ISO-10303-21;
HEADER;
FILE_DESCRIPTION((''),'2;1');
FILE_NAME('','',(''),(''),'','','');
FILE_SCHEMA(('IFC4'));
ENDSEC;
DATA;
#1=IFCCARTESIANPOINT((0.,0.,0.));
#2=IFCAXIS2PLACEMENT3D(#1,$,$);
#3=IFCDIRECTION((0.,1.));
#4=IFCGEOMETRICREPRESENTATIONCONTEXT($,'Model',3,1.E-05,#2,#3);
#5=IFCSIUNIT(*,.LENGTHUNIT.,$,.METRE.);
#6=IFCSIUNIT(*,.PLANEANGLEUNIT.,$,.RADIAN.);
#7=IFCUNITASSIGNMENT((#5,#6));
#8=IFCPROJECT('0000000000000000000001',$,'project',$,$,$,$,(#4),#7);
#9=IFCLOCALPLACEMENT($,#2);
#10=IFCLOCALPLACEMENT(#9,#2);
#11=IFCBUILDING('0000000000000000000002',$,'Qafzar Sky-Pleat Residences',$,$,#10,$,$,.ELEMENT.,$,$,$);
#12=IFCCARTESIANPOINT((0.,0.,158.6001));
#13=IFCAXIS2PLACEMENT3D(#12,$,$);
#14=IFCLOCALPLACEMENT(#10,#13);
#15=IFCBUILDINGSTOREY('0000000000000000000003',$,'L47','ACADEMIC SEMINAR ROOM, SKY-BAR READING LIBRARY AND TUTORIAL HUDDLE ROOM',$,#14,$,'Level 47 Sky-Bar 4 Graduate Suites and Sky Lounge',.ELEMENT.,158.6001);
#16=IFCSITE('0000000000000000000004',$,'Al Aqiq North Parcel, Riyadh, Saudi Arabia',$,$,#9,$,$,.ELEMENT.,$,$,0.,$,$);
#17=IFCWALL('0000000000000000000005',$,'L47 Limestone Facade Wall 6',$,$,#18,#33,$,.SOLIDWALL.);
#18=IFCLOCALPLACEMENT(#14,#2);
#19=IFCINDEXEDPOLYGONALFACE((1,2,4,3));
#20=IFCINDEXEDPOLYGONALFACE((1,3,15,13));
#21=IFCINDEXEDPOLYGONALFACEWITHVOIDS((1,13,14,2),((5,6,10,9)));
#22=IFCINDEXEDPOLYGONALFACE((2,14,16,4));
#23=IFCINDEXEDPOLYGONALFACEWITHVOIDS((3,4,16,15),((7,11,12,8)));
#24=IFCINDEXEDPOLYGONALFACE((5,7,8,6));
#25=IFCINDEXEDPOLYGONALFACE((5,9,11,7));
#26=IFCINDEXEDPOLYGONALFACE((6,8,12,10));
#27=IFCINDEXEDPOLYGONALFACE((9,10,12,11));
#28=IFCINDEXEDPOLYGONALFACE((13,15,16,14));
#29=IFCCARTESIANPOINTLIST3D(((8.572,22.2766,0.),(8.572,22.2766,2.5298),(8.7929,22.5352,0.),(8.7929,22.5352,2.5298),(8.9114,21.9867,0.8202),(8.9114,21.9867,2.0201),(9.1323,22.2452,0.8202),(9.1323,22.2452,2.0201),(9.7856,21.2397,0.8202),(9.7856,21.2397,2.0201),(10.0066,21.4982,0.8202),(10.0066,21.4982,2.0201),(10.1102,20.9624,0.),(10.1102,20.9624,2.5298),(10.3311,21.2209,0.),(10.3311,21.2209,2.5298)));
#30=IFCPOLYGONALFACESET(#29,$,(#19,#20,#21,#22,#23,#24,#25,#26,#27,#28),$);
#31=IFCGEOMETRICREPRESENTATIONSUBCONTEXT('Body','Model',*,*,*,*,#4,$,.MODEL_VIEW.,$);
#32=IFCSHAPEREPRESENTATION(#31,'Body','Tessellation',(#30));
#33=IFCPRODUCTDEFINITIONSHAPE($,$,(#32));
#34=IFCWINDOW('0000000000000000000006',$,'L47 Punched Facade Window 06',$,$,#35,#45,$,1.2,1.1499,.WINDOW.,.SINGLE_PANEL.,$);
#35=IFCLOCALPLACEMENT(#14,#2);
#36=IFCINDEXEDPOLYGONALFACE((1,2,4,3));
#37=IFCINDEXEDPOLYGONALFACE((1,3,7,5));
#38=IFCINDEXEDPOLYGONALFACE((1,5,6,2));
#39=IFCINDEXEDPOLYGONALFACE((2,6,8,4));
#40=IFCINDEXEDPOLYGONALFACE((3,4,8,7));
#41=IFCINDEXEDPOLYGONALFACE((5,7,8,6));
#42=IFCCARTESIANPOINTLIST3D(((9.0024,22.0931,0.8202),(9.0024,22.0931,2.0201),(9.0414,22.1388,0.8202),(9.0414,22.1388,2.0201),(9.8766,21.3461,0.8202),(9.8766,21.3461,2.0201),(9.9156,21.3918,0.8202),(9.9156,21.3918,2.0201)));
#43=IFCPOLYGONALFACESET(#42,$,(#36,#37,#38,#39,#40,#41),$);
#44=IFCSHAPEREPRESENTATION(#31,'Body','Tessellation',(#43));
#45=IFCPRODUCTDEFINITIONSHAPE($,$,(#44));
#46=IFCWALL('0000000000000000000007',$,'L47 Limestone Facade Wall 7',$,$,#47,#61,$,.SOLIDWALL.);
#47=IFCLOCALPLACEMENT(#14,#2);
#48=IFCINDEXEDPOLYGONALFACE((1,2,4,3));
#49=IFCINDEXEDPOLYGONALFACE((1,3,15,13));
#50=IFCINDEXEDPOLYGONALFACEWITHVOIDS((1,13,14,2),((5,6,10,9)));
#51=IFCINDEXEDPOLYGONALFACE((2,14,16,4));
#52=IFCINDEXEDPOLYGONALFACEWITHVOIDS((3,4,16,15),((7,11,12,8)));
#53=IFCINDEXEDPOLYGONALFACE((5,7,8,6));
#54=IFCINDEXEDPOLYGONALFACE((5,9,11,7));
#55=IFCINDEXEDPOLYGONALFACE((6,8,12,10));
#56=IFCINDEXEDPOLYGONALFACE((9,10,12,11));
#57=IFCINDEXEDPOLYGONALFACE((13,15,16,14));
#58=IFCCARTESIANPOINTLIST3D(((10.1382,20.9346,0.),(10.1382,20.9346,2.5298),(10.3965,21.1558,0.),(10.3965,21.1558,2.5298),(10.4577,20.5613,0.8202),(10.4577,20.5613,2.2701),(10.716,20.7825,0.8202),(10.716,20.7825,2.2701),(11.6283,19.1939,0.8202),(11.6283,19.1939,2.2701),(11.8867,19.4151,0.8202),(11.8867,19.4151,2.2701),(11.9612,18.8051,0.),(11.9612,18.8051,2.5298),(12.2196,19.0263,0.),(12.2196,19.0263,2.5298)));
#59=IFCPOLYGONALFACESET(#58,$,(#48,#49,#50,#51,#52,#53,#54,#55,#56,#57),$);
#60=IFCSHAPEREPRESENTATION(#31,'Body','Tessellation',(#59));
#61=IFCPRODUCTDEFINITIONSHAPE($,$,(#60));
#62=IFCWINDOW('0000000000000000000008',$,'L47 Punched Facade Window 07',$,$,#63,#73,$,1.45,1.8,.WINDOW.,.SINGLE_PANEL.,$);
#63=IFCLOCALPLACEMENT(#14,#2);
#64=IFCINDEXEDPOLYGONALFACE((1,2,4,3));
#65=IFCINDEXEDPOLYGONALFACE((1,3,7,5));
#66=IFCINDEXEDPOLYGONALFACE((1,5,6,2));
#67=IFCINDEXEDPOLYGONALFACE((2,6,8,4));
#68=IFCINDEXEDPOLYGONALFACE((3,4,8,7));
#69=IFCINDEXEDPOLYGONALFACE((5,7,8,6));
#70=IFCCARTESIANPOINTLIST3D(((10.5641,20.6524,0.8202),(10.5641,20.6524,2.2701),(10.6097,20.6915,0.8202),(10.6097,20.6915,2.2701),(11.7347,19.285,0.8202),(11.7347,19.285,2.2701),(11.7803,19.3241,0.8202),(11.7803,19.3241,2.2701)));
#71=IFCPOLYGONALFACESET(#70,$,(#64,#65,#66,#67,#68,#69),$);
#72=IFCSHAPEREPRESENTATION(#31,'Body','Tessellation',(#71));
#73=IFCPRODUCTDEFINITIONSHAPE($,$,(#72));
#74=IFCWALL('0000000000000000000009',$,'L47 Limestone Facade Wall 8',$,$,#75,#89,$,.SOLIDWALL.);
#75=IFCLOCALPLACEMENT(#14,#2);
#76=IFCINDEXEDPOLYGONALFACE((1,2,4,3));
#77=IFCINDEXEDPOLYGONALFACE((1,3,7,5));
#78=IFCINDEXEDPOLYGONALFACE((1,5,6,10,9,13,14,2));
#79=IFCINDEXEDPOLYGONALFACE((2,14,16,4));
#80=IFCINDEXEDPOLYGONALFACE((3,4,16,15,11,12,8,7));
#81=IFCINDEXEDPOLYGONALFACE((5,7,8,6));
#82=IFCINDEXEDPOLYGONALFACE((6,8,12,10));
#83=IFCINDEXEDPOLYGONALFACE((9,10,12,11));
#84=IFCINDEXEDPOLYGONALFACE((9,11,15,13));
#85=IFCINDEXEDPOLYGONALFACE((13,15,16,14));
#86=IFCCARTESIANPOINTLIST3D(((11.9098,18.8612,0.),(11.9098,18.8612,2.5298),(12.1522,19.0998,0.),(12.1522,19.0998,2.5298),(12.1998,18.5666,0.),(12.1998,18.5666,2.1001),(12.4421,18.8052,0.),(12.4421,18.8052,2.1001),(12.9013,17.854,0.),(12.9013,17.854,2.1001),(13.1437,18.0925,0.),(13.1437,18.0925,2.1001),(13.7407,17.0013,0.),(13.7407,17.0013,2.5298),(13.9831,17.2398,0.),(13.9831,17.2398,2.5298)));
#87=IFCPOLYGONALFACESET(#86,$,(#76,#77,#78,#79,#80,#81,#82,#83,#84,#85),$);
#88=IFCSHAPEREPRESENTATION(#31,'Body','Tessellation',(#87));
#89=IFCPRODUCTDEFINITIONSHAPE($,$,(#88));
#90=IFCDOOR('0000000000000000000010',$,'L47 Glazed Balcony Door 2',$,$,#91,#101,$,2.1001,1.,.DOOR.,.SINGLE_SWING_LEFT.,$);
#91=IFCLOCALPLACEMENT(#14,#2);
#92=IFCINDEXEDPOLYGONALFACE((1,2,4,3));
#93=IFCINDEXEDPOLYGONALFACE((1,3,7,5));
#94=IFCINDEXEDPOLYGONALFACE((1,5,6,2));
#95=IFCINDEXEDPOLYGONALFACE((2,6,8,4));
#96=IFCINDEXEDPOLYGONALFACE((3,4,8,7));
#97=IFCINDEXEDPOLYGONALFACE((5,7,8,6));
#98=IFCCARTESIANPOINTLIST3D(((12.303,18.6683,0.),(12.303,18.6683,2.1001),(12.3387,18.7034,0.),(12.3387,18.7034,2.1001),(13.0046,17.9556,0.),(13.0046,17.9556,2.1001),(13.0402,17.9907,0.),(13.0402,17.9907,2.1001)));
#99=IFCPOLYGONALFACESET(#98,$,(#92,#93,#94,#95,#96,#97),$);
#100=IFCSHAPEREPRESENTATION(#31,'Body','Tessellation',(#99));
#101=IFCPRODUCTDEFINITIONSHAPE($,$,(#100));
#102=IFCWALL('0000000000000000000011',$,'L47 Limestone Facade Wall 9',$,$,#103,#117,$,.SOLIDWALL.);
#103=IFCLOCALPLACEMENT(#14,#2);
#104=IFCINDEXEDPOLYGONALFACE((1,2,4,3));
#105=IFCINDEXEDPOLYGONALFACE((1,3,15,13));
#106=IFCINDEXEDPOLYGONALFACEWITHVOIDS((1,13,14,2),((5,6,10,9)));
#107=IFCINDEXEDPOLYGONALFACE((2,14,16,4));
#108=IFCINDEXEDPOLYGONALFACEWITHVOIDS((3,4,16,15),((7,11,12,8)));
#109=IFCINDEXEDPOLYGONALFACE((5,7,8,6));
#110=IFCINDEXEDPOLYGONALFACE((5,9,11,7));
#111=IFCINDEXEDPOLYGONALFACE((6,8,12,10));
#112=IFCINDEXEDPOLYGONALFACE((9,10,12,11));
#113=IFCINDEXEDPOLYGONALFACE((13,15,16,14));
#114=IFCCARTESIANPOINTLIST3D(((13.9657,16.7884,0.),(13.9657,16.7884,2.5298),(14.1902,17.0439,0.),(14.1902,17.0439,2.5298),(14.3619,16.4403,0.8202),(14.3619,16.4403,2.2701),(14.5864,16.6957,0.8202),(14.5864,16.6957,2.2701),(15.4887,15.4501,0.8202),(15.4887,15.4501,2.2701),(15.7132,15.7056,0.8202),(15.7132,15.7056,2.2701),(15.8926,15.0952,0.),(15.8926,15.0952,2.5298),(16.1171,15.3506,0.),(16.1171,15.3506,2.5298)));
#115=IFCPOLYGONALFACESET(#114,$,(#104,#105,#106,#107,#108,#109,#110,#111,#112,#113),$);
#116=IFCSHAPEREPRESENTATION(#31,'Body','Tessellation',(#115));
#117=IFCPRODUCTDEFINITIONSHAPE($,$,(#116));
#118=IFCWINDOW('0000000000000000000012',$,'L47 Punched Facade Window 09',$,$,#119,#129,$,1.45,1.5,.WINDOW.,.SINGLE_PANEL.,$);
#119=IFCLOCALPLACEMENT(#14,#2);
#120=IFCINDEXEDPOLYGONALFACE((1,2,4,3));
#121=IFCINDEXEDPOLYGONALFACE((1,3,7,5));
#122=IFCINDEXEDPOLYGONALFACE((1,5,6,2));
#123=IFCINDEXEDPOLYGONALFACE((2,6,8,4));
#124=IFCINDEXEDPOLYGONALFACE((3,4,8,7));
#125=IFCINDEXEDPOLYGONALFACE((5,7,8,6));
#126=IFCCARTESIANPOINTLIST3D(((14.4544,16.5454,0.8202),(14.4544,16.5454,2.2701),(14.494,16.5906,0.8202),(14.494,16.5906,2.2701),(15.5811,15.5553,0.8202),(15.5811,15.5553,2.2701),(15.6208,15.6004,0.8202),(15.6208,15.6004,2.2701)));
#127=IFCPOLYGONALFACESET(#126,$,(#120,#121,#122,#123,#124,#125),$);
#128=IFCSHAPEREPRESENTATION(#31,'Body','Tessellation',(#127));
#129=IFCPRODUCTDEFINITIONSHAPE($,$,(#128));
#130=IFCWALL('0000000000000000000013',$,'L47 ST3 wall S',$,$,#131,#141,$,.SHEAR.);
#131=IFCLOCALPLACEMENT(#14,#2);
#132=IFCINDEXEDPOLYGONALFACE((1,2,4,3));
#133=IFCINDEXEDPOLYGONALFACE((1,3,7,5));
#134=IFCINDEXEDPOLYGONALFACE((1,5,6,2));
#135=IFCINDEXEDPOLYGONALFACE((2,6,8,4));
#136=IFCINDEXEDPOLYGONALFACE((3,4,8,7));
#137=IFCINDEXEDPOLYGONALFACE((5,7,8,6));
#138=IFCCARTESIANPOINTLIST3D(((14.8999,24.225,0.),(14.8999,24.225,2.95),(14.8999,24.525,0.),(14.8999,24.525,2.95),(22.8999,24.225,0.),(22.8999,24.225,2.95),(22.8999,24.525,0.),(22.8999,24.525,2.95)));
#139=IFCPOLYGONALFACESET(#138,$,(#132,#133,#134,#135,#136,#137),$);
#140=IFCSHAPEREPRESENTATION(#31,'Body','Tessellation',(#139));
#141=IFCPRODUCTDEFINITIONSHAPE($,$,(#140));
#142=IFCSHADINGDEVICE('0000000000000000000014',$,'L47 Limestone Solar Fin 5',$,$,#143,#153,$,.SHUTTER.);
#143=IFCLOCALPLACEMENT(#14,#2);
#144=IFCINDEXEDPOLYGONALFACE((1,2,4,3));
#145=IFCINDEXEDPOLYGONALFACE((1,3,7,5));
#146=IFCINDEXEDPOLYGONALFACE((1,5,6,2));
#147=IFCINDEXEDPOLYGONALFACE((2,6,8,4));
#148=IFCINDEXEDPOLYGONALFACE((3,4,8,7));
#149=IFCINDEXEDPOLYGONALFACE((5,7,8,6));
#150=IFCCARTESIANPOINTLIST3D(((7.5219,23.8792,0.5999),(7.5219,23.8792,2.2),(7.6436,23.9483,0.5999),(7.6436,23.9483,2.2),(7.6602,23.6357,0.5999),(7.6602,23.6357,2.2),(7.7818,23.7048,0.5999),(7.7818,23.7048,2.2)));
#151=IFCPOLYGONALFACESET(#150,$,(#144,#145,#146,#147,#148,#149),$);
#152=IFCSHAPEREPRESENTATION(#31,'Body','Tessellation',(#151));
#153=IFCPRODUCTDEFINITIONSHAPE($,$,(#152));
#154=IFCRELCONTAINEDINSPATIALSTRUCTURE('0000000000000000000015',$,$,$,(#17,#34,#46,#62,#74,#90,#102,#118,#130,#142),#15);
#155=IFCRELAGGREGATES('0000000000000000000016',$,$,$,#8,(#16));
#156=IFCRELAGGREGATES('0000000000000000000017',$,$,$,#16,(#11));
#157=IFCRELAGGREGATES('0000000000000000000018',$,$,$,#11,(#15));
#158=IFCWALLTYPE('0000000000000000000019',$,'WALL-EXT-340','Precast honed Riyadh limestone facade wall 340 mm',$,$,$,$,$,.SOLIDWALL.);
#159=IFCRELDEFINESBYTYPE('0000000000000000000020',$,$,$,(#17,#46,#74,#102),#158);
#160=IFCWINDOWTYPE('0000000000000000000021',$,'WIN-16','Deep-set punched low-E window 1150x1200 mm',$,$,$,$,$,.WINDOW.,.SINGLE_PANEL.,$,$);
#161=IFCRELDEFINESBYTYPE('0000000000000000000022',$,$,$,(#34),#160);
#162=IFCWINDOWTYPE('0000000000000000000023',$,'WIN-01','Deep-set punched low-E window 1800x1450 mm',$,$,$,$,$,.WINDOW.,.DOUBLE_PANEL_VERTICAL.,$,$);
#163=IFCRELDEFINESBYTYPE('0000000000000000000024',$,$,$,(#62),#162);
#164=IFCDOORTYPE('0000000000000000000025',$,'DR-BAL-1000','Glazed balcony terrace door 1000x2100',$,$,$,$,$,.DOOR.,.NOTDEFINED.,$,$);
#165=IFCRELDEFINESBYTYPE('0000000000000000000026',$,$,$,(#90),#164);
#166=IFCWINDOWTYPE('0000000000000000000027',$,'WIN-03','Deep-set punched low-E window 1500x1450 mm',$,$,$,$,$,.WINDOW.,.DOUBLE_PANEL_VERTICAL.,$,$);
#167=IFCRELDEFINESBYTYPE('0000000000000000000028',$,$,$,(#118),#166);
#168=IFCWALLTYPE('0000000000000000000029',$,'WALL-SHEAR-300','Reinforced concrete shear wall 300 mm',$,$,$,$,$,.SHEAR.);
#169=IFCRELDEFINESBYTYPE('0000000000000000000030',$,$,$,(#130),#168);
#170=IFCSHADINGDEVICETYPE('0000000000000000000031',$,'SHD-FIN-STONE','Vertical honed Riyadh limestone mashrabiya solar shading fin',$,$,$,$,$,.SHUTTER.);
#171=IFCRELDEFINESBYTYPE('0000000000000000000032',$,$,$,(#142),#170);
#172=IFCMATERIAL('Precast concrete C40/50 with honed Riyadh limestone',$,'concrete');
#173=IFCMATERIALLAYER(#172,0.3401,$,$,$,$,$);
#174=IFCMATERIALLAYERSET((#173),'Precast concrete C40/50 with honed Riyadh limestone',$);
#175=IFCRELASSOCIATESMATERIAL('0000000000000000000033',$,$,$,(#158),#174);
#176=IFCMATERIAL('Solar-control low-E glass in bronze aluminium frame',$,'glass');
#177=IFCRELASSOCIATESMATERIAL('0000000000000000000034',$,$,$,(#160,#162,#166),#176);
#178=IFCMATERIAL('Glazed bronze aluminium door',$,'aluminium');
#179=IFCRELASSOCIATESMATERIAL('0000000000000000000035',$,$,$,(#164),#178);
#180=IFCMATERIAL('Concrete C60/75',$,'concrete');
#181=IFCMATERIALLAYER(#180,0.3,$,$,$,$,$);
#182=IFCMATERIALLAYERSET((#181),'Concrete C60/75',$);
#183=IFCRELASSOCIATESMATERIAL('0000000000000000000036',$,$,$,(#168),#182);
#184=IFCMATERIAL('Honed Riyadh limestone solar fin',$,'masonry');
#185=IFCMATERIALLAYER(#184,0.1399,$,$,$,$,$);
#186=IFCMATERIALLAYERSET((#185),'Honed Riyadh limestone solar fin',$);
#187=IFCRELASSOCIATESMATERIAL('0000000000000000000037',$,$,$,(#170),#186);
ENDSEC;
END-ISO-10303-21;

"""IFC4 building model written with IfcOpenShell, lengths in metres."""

from ifc_helpers import new_model, si_unit, direction, frame, frame_2d, origin, origin_2d, place, context, subcontext, project, spatial, rectangle, extrude, source, transform, mapped, material, layer, layer_set, type_object, element, fill, save


model = new_model("IFC4")

# Units and contexts
model_context = context("Model", 3, precision=1e-05, world=origin(), true_north=direction((0.0, 1.0)))
body_context = subcontext(model_context, "Body", "Model", "MODEL_VIEW")
ifc_project = project(units=[si_unit("LENGTHUNIT", "METRE"), si_unit("PLANEANGLEUNIT", "RADIAN")], contexts=[model_context])

# Site, building, storey
site_placement = place(None, origin())
site = spatial("IfcSite", under=ifc_project, at=site_placement, Name="Al Aqiq North Parcel, Riyadh, Saudi Arabia", CompositionType="ELEMENT", RefElevation=0.0)
building_placement = place(site_placement, origin())
building = spatial("IfcBuilding", under=site, at=building_placement, Name="Qafzar Sky-Pleat Residences", CompositionType="ELEMENT")
storey_placement = place(building_placement, frame((0.0, 0.0, 158.6001)))
storey = spatial("IfcBuildingStorey", under=building, at=storey_placement, Name="L47", Description="ACADEMIC SEMINAR ROOM, SKY-BAR READING LIBRARY AND TUTORIAL HUDDLE ROOM", LongName="Level 47 Sky-Bar 4 Graduate Suites and Sky Lounge", CompositionType="ELEMENT", Elevation=158.6001)

# Shared definitions
ifc_material_1 = material(Name="Concrete C60/75", Category="concrete")

# Walls, openings, windows
ifc_material_2 = material(Name="Precast concrete C40/50 with honed Riyadh limestone", Category="concrete")
ifc_layer_1 = layer(ifc_material_2, 0.3401)
ifc_layer_set_1 = layer_set([ifc_layer_1], Name="Precast concrete C40/50 with honed Riyadh limestone")
wall_type_1 = type_object("IfcWallType", Name="WALL-EXT-340", Description="Precast honed Riyadh limestone facade wall 340 mm", PredefinedType="SOLIDWALL", material=ifc_layer_set_1)
ifc_material_3 = material(Name="Solar-control low-E glass in bronze aluminium frame", Category="glass")
wall_1_placement = place(storey_placement, frame((8.6824, 22.406, 0.0), z_axis=(0.0, 0.0, 1.0), x_axis=(0.760269, -0.649608, 0.0)))
wall_1 = element("IfcWall", 1, at=wall_1_placement, inside=storey, type_object=wall_type_1, Name="L47 Limestone Facade Wall 6", PredefinedType="SOLIDWALL", context=body_context, shape_type="SweptSolid", body=[
    extrude(rectangle(XDim=2.0232, YDim=0.3401, at=frame_2d((1.0117, 0.0))), origin(), (0.0, 0.0, 1.0), 2.5298),
])
opening_1_placement = place(wall_1_placement, frame((0.4465, 0.0, 0.8201)))
opening_1 = element("IfcOpeningElement", 2, at=opening_1_placement, cuts=wall_1, PredefinedType="OPENING", context=body_context, shape_type="SweptSolid", body=[
    extrude(rectangle(XDim=1.1499, YDim=1.2, at=frame_2d((0.575, 0.6001))), frame((0.0, 0.1802, 0.0), z_axis=(0.0, -1.0, 0.0), x_axis=(1.0, 0.0, 0.0)), (0.0, 0.0, 1.0), 0.3601),
])
window_type_1 = type_object("IfcWindowType", Name="WIN-16", Description="Deep-set punched low-E window 1150x1200 mm", PartitioningType="SINGLE_PANEL", PredefinedType="WINDOW", material=ifc_material_3)
shared_shape_1 = source(origin(), body_context, "Body", "SweptSolid", [
    extrude(rectangle(XDim=1.1499, YDim=1.2, at=frame_2d((0.575, 0.6001))), frame((0.0, 0.03, 0.0), z_axis=(0.0, -1.0, 0.0), x_axis=(1.0, 0.0, 0.0)), (0.0, 0.0, 1.0), 0.0601),
])
window_1_placement = place(opening_1_placement, origin())
window_1 = element("IfcWindow", 3, at=window_1_placement, inside=storey, type_object=window_type_1, Name="L47 Punched Facade Window 06", OverallHeight=1.2, OverallWidth=1.1499, PartitioningType="SINGLE_PANEL", PredefinedType="WINDOW", context=body_context, shape_type="MappedRepresentation", body=[
    mapped(shared_shape_1, transform((0.0, 0.0, 0.0), x_axis=(1.0, 0.0, 0.0), y_axis=(0.0, 1.0, 0.0), z_axis=(0.0, 0.0, 1.0), scale=1.0)),
])
fill(opening_1, window_1)
wall_2_placement = place(storey_placement, frame((10.2673, 21.0452, 0.0), z_axis=(0.0, 0.0, 1.0), x_axis=(0.650339, -0.759644, 0.0)))
wall_2 = element("IfcWall", 4, at=wall_2_placement, inside=storey, type_object=wall_type_1, Name="L47 Limestone Facade Wall 7", PredefinedType="SOLIDWALL", context=body_context, shape_type="SweptSolid", body=[
    extrude(rectangle(XDim=2.8032, YDim=0.3401, at=frame_2d((1.4016, 0.0))), origin(), (0.0, 0.0, 1.0), 2.5298),
])
opening_2_placement = place(wall_2_placement, frame((0.4915, 0.0, 0.8201)))
opening_2 = element("IfcOpeningElement", 5, at=opening_2_placement, cuts=wall_2, PredefinedType="OPENING", context=body_context, shape_type="SweptSolid", body=[
    extrude(rectangle(XDim=1.8, YDim=1.45, at=frame_2d((0.8999, 0.7251))), frame((0.0, 0.1802, 0.0), z_axis=(0.0, -1.0, 0.0), x_axis=(1.0, 0.0, 0.0)), (0.0, 0.0, 1.0), 0.3601),
])
window_type_2 = type_object("IfcWindowType", Name="WIN-01", Description="Deep-set punched low-E window 1800x1450 mm", PartitioningType="DOUBLE_PANEL_VERTICAL", PredefinedType="WINDOW", material=ifc_material_3)
shared_shape_2 = source(origin(), body_context, "Body", "SweptSolid", [
    extrude(rectangle(XDim=1.8, YDim=1.45, at=frame_2d((0.8999, 0.7251))), frame((0.0, 0.03, 0.0), z_axis=(0.0, -1.0, 0.0), x_axis=(1.0, 0.0, 0.0)), (0.0, 0.0, 1.0), 0.0601),
])
window_2_placement = place(opening_2_placement, origin())
window_2 = element("IfcWindow", 6, at=window_2_placement, inside=storey, type_object=window_type_2, Name="L47 Punched Facade Window 07", OverallHeight=1.45, OverallWidth=1.8, PartitioningType="SINGLE_PANEL", PredefinedType="WINDOW", context=body_context, shape_type="MappedRepresentation", body=[
    mapped(shared_shape_2, transform((0.0, 0.0, 0.0), x_axis=(1.0, 0.0, 0.0), y_axis=(0.0, 1.0, 0.0), z_axis=(0.0, 0.0, 1.0), scale=1.0)),
])
fill(opening_2, window_2)

# Wall, opening, door
wall_3_placement = place(storey_placement, frame((12.031, 18.9805, 0.0), z_axis=(0.0, 0.0, 1.0), x_axis=(0.701519, -0.712651, 0.0)))
wall_3 = element("IfcWall", 7, at=wall_3_placement, inside=storey, type_object=wall_type_1, Name="L47 Limestone Facade Wall 8", PredefinedType="SOLIDWALL", context=body_context, shape_type="SweptSolid", body=[
    extrude(rectangle(XDim=2.6099, YDim=0.3401, at=frame_2d((1.3049, 0.0))), origin(), (0.0, 0.0, 1.0), 2.5298),
])
opening_3_placement = place(wall_3_placement, frame((0.4133, 0.0, 0.0)))
opening_3 = element("IfcOpeningElement", 8, at=opening_3_placement, cuts=wall_3, PredefinedType="OPENING", context=body_context, shape_type="SweptSolid", body=[
    extrude(rectangle(XDim=1.0, YDim=2.1001, at=frame_2d((0.5, 1.05))), frame((0.0, 0.1802, 0.0), z_axis=(0.0, -1.0, 0.0), x_axis=(1.0, 0.0, 0.0)), (0.0, 0.0, 1.0), 0.3601),
])
ifc_material_4 = material(Name="Glazed bronze aluminium door", Category="aluminium")
door_type = type_object("IfcDoorType", Name="DR-BAL-1000", Description="Glazed balcony terrace door 1000x2100", OperationType="NOTDEFINED", PredefinedType="DOOR", material=ifc_material_4)
shared_shape_3 = source(origin(), body_context, "Body", "SweptSolid", [
    extrude(rectangle(XDim=1.0, YDim=2.1001, at=frame_2d((0.5, 1.05))), frame((0.0, 0.0249, 0.0), z_axis=(0.0, -1.0, 0.0), x_axis=(1.0, 0.0, 0.0)), (0.0, 0.0, 1.0), 0.05),
])
door_placement = place(opening_3_placement, origin())
door = element("IfcDoor", 9, at=door_placement, inside=storey, type_object=door_type, Name="L47 Glazed Balcony Door 2", OperationType="SINGLE_SWING_LEFT", OverallHeight=2.1001, OverallWidth=1.0, PredefinedType="DOOR", context=body_context, shape_type="MappedRepresentation", body=[
    mapped(shared_shape_3, transform((0.0, 0.0, 0.0), x_axis=(1.0, 0.0, 0.0), y_axis=(0.0, 1.0, 0.0), z_axis=(0.0, 0.0, 1.0), scale=1.0)),
])
fill(opening_3, door)

# Wall, opening, window
wall_4_placement = place(storey_placement, frame((14.0779, 16.9163, 0.0), z_axis=(0.0, 0.0, 1.0), x_axis=(0.751178, -0.6601, 0.0)))
wall_4 = element("IfcWall", 10, at=wall_4_placement, inside=storey, type_object=wall_type_1, Name="L47 Limestone Facade Wall 9", PredefinedType="SOLIDWALL", context=body_context, shape_type="SweptSolid", body=[
    extrude(rectangle(XDim=2.5652, YDim=0.3401, at=frame_2d((1.2827, 0.0))), origin(), (0.0, 0.0, 1.0), 2.5298),
])
opening_4_placement = place(wall_4_placement, frame((0.5276, 0.0, 0.8201)))
opening_4 = element("IfcOpeningElement", 11, at=opening_4_placement, cuts=wall_4, PredefinedType="OPENING", context=body_context, shape_type="SweptSolid", body=[
    extrude(rectangle(XDim=1.5, YDim=1.45, at=frame_2d((0.75, 0.7251))), frame((0.0, 0.1802, 0.0), z_axis=(0.0, -1.0, 0.0), x_axis=(1.0, 0.0, 0.0)), (0.0, 0.0, 1.0), 0.3601),
])
window_type_3 = type_object("IfcWindowType", Name="WIN-03", Description="Deep-set punched low-E window 1500x1450 mm", PartitioningType="DOUBLE_PANEL_VERTICAL", PredefinedType="WINDOW", material=ifc_material_3)
shared_shape_4 = source(origin(), body_context, "Body", "SweptSolid", [
    extrude(rectangle(XDim=1.5, YDim=1.45, at=frame_2d((0.75, 0.7251))), frame((0.0, 0.03, 0.0), z_axis=(0.0, -1.0, 0.0), x_axis=(1.0, 0.0, 0.0)), (0.0, 0.0, 1.0), 0.0601),
])
window_3_placement = place(opening_4_placement, origin())
window_3 = element("IfcWindow", 12, at=window_3_placement, inside=storey, type_object=window_type_3, Name="L47 Punched Facade Window 09", OverallHeight=1.45, OverallWidth=1.5, PartitioningType="SINGLE_PANEL", PredefinedType="WINDOW", context=body_context, shape_type="MappedRepresentation", body=[
    mapped(shared_shape_4, transform((0.0, 0.0, 0.0), x_axis=(1.0, 0.0, 0.0), y_axis=(0.0, 1.0, 0.0), z_axis=(0.0, 0.0, 1.0), scale=1.0)),
])
fill(opening_4, window_3)

# Wall
ifc_layer_2 = layer(ifc_material_1, 0.3)
ifc_layer_set_2 = layer_set([ifc_layer_2], Name="Concrete C60/75")
wall_type_2 = type_object("IfcWallType", Name="WALL-SHEAR-300", Description="Reinforced concrete shear wall 300 mm", PredefinedType="SHEAR", material=ifc_layer_set_2)
wall_5_placement = place(storey_placement, frame((14.8999, 24.375, 0.0), z_axis=(0.0, 0.0, 1.0), x_axis=(1.0, 0.0, 0.0)))
element("IfcWall", 13, at=wall_5_placement, inside=storey, type_object=wall_type_2, Name="L47 ST3 wall S", PredefinedType="SHEAR", context=body_context, shape_type="SweptSolid", body=[
    extrude(rectangle(XDim=8.0, YDim=0.3, at=frame_2d((4.0, 0.0))), origin(), (0.0, 0.0, 1.0), 2.95),
])

# Shading device
ifc_material_5 = material(Name="Honed Riyadh limestone solar fin", Category="masonry")
ifc_layer_3 = layer(ifc_material_5, 0.1399)
ifc_layer_set_3 = layer_set([ifc_layer_3], Name="Honed Riyadh limestone solar fin")
shading_device_type = type_object("IfcShadingDeviceType", Name="SHD-FIN-STONE", Description="Vertical honed Riyadh limestone mashrabiya solar shading fin", PredefinedType="SHUTTER", material=ifc_layer_set_3)
shared_shape_5 = source(origin(), body_context, "Body", "SweptSolid", [
    extrude(rectangle(XDim=0.1399, YDim=0.28, at=origin_2d()), origin(), (0.0, 0.0, 1.0), 1.6001),
])
for number, where, z_axis, x_axis, name in (
    (14, (7.6519, 23.792, 0.5999), (0.0, 0.0, 1.0), (-0.869615, -0.493731, 0.0), "L47 Limestone Solar Fin 5"),
):
    element("IfcShadingDevice", number, at=place(storey_placement, frame(where, z_axis=z_axis, x_axis=x_axis)), inside=storey, type_object=shading_device_type, Name=name, PredefinedType="SHUTTER", context=body_context, shape_type="MappedRepresentation", body=[
        mapped(shared_shape_5, transform((0.0, 0.0, 0.0), x_axis=(1.0, 0.0, 0.0), y_axis=(0.0, 1.0, 0.0), z_axis=(0.0, 0.0, 1.0), scale=1.0)),
    ])

save(model, "model.ifc")
